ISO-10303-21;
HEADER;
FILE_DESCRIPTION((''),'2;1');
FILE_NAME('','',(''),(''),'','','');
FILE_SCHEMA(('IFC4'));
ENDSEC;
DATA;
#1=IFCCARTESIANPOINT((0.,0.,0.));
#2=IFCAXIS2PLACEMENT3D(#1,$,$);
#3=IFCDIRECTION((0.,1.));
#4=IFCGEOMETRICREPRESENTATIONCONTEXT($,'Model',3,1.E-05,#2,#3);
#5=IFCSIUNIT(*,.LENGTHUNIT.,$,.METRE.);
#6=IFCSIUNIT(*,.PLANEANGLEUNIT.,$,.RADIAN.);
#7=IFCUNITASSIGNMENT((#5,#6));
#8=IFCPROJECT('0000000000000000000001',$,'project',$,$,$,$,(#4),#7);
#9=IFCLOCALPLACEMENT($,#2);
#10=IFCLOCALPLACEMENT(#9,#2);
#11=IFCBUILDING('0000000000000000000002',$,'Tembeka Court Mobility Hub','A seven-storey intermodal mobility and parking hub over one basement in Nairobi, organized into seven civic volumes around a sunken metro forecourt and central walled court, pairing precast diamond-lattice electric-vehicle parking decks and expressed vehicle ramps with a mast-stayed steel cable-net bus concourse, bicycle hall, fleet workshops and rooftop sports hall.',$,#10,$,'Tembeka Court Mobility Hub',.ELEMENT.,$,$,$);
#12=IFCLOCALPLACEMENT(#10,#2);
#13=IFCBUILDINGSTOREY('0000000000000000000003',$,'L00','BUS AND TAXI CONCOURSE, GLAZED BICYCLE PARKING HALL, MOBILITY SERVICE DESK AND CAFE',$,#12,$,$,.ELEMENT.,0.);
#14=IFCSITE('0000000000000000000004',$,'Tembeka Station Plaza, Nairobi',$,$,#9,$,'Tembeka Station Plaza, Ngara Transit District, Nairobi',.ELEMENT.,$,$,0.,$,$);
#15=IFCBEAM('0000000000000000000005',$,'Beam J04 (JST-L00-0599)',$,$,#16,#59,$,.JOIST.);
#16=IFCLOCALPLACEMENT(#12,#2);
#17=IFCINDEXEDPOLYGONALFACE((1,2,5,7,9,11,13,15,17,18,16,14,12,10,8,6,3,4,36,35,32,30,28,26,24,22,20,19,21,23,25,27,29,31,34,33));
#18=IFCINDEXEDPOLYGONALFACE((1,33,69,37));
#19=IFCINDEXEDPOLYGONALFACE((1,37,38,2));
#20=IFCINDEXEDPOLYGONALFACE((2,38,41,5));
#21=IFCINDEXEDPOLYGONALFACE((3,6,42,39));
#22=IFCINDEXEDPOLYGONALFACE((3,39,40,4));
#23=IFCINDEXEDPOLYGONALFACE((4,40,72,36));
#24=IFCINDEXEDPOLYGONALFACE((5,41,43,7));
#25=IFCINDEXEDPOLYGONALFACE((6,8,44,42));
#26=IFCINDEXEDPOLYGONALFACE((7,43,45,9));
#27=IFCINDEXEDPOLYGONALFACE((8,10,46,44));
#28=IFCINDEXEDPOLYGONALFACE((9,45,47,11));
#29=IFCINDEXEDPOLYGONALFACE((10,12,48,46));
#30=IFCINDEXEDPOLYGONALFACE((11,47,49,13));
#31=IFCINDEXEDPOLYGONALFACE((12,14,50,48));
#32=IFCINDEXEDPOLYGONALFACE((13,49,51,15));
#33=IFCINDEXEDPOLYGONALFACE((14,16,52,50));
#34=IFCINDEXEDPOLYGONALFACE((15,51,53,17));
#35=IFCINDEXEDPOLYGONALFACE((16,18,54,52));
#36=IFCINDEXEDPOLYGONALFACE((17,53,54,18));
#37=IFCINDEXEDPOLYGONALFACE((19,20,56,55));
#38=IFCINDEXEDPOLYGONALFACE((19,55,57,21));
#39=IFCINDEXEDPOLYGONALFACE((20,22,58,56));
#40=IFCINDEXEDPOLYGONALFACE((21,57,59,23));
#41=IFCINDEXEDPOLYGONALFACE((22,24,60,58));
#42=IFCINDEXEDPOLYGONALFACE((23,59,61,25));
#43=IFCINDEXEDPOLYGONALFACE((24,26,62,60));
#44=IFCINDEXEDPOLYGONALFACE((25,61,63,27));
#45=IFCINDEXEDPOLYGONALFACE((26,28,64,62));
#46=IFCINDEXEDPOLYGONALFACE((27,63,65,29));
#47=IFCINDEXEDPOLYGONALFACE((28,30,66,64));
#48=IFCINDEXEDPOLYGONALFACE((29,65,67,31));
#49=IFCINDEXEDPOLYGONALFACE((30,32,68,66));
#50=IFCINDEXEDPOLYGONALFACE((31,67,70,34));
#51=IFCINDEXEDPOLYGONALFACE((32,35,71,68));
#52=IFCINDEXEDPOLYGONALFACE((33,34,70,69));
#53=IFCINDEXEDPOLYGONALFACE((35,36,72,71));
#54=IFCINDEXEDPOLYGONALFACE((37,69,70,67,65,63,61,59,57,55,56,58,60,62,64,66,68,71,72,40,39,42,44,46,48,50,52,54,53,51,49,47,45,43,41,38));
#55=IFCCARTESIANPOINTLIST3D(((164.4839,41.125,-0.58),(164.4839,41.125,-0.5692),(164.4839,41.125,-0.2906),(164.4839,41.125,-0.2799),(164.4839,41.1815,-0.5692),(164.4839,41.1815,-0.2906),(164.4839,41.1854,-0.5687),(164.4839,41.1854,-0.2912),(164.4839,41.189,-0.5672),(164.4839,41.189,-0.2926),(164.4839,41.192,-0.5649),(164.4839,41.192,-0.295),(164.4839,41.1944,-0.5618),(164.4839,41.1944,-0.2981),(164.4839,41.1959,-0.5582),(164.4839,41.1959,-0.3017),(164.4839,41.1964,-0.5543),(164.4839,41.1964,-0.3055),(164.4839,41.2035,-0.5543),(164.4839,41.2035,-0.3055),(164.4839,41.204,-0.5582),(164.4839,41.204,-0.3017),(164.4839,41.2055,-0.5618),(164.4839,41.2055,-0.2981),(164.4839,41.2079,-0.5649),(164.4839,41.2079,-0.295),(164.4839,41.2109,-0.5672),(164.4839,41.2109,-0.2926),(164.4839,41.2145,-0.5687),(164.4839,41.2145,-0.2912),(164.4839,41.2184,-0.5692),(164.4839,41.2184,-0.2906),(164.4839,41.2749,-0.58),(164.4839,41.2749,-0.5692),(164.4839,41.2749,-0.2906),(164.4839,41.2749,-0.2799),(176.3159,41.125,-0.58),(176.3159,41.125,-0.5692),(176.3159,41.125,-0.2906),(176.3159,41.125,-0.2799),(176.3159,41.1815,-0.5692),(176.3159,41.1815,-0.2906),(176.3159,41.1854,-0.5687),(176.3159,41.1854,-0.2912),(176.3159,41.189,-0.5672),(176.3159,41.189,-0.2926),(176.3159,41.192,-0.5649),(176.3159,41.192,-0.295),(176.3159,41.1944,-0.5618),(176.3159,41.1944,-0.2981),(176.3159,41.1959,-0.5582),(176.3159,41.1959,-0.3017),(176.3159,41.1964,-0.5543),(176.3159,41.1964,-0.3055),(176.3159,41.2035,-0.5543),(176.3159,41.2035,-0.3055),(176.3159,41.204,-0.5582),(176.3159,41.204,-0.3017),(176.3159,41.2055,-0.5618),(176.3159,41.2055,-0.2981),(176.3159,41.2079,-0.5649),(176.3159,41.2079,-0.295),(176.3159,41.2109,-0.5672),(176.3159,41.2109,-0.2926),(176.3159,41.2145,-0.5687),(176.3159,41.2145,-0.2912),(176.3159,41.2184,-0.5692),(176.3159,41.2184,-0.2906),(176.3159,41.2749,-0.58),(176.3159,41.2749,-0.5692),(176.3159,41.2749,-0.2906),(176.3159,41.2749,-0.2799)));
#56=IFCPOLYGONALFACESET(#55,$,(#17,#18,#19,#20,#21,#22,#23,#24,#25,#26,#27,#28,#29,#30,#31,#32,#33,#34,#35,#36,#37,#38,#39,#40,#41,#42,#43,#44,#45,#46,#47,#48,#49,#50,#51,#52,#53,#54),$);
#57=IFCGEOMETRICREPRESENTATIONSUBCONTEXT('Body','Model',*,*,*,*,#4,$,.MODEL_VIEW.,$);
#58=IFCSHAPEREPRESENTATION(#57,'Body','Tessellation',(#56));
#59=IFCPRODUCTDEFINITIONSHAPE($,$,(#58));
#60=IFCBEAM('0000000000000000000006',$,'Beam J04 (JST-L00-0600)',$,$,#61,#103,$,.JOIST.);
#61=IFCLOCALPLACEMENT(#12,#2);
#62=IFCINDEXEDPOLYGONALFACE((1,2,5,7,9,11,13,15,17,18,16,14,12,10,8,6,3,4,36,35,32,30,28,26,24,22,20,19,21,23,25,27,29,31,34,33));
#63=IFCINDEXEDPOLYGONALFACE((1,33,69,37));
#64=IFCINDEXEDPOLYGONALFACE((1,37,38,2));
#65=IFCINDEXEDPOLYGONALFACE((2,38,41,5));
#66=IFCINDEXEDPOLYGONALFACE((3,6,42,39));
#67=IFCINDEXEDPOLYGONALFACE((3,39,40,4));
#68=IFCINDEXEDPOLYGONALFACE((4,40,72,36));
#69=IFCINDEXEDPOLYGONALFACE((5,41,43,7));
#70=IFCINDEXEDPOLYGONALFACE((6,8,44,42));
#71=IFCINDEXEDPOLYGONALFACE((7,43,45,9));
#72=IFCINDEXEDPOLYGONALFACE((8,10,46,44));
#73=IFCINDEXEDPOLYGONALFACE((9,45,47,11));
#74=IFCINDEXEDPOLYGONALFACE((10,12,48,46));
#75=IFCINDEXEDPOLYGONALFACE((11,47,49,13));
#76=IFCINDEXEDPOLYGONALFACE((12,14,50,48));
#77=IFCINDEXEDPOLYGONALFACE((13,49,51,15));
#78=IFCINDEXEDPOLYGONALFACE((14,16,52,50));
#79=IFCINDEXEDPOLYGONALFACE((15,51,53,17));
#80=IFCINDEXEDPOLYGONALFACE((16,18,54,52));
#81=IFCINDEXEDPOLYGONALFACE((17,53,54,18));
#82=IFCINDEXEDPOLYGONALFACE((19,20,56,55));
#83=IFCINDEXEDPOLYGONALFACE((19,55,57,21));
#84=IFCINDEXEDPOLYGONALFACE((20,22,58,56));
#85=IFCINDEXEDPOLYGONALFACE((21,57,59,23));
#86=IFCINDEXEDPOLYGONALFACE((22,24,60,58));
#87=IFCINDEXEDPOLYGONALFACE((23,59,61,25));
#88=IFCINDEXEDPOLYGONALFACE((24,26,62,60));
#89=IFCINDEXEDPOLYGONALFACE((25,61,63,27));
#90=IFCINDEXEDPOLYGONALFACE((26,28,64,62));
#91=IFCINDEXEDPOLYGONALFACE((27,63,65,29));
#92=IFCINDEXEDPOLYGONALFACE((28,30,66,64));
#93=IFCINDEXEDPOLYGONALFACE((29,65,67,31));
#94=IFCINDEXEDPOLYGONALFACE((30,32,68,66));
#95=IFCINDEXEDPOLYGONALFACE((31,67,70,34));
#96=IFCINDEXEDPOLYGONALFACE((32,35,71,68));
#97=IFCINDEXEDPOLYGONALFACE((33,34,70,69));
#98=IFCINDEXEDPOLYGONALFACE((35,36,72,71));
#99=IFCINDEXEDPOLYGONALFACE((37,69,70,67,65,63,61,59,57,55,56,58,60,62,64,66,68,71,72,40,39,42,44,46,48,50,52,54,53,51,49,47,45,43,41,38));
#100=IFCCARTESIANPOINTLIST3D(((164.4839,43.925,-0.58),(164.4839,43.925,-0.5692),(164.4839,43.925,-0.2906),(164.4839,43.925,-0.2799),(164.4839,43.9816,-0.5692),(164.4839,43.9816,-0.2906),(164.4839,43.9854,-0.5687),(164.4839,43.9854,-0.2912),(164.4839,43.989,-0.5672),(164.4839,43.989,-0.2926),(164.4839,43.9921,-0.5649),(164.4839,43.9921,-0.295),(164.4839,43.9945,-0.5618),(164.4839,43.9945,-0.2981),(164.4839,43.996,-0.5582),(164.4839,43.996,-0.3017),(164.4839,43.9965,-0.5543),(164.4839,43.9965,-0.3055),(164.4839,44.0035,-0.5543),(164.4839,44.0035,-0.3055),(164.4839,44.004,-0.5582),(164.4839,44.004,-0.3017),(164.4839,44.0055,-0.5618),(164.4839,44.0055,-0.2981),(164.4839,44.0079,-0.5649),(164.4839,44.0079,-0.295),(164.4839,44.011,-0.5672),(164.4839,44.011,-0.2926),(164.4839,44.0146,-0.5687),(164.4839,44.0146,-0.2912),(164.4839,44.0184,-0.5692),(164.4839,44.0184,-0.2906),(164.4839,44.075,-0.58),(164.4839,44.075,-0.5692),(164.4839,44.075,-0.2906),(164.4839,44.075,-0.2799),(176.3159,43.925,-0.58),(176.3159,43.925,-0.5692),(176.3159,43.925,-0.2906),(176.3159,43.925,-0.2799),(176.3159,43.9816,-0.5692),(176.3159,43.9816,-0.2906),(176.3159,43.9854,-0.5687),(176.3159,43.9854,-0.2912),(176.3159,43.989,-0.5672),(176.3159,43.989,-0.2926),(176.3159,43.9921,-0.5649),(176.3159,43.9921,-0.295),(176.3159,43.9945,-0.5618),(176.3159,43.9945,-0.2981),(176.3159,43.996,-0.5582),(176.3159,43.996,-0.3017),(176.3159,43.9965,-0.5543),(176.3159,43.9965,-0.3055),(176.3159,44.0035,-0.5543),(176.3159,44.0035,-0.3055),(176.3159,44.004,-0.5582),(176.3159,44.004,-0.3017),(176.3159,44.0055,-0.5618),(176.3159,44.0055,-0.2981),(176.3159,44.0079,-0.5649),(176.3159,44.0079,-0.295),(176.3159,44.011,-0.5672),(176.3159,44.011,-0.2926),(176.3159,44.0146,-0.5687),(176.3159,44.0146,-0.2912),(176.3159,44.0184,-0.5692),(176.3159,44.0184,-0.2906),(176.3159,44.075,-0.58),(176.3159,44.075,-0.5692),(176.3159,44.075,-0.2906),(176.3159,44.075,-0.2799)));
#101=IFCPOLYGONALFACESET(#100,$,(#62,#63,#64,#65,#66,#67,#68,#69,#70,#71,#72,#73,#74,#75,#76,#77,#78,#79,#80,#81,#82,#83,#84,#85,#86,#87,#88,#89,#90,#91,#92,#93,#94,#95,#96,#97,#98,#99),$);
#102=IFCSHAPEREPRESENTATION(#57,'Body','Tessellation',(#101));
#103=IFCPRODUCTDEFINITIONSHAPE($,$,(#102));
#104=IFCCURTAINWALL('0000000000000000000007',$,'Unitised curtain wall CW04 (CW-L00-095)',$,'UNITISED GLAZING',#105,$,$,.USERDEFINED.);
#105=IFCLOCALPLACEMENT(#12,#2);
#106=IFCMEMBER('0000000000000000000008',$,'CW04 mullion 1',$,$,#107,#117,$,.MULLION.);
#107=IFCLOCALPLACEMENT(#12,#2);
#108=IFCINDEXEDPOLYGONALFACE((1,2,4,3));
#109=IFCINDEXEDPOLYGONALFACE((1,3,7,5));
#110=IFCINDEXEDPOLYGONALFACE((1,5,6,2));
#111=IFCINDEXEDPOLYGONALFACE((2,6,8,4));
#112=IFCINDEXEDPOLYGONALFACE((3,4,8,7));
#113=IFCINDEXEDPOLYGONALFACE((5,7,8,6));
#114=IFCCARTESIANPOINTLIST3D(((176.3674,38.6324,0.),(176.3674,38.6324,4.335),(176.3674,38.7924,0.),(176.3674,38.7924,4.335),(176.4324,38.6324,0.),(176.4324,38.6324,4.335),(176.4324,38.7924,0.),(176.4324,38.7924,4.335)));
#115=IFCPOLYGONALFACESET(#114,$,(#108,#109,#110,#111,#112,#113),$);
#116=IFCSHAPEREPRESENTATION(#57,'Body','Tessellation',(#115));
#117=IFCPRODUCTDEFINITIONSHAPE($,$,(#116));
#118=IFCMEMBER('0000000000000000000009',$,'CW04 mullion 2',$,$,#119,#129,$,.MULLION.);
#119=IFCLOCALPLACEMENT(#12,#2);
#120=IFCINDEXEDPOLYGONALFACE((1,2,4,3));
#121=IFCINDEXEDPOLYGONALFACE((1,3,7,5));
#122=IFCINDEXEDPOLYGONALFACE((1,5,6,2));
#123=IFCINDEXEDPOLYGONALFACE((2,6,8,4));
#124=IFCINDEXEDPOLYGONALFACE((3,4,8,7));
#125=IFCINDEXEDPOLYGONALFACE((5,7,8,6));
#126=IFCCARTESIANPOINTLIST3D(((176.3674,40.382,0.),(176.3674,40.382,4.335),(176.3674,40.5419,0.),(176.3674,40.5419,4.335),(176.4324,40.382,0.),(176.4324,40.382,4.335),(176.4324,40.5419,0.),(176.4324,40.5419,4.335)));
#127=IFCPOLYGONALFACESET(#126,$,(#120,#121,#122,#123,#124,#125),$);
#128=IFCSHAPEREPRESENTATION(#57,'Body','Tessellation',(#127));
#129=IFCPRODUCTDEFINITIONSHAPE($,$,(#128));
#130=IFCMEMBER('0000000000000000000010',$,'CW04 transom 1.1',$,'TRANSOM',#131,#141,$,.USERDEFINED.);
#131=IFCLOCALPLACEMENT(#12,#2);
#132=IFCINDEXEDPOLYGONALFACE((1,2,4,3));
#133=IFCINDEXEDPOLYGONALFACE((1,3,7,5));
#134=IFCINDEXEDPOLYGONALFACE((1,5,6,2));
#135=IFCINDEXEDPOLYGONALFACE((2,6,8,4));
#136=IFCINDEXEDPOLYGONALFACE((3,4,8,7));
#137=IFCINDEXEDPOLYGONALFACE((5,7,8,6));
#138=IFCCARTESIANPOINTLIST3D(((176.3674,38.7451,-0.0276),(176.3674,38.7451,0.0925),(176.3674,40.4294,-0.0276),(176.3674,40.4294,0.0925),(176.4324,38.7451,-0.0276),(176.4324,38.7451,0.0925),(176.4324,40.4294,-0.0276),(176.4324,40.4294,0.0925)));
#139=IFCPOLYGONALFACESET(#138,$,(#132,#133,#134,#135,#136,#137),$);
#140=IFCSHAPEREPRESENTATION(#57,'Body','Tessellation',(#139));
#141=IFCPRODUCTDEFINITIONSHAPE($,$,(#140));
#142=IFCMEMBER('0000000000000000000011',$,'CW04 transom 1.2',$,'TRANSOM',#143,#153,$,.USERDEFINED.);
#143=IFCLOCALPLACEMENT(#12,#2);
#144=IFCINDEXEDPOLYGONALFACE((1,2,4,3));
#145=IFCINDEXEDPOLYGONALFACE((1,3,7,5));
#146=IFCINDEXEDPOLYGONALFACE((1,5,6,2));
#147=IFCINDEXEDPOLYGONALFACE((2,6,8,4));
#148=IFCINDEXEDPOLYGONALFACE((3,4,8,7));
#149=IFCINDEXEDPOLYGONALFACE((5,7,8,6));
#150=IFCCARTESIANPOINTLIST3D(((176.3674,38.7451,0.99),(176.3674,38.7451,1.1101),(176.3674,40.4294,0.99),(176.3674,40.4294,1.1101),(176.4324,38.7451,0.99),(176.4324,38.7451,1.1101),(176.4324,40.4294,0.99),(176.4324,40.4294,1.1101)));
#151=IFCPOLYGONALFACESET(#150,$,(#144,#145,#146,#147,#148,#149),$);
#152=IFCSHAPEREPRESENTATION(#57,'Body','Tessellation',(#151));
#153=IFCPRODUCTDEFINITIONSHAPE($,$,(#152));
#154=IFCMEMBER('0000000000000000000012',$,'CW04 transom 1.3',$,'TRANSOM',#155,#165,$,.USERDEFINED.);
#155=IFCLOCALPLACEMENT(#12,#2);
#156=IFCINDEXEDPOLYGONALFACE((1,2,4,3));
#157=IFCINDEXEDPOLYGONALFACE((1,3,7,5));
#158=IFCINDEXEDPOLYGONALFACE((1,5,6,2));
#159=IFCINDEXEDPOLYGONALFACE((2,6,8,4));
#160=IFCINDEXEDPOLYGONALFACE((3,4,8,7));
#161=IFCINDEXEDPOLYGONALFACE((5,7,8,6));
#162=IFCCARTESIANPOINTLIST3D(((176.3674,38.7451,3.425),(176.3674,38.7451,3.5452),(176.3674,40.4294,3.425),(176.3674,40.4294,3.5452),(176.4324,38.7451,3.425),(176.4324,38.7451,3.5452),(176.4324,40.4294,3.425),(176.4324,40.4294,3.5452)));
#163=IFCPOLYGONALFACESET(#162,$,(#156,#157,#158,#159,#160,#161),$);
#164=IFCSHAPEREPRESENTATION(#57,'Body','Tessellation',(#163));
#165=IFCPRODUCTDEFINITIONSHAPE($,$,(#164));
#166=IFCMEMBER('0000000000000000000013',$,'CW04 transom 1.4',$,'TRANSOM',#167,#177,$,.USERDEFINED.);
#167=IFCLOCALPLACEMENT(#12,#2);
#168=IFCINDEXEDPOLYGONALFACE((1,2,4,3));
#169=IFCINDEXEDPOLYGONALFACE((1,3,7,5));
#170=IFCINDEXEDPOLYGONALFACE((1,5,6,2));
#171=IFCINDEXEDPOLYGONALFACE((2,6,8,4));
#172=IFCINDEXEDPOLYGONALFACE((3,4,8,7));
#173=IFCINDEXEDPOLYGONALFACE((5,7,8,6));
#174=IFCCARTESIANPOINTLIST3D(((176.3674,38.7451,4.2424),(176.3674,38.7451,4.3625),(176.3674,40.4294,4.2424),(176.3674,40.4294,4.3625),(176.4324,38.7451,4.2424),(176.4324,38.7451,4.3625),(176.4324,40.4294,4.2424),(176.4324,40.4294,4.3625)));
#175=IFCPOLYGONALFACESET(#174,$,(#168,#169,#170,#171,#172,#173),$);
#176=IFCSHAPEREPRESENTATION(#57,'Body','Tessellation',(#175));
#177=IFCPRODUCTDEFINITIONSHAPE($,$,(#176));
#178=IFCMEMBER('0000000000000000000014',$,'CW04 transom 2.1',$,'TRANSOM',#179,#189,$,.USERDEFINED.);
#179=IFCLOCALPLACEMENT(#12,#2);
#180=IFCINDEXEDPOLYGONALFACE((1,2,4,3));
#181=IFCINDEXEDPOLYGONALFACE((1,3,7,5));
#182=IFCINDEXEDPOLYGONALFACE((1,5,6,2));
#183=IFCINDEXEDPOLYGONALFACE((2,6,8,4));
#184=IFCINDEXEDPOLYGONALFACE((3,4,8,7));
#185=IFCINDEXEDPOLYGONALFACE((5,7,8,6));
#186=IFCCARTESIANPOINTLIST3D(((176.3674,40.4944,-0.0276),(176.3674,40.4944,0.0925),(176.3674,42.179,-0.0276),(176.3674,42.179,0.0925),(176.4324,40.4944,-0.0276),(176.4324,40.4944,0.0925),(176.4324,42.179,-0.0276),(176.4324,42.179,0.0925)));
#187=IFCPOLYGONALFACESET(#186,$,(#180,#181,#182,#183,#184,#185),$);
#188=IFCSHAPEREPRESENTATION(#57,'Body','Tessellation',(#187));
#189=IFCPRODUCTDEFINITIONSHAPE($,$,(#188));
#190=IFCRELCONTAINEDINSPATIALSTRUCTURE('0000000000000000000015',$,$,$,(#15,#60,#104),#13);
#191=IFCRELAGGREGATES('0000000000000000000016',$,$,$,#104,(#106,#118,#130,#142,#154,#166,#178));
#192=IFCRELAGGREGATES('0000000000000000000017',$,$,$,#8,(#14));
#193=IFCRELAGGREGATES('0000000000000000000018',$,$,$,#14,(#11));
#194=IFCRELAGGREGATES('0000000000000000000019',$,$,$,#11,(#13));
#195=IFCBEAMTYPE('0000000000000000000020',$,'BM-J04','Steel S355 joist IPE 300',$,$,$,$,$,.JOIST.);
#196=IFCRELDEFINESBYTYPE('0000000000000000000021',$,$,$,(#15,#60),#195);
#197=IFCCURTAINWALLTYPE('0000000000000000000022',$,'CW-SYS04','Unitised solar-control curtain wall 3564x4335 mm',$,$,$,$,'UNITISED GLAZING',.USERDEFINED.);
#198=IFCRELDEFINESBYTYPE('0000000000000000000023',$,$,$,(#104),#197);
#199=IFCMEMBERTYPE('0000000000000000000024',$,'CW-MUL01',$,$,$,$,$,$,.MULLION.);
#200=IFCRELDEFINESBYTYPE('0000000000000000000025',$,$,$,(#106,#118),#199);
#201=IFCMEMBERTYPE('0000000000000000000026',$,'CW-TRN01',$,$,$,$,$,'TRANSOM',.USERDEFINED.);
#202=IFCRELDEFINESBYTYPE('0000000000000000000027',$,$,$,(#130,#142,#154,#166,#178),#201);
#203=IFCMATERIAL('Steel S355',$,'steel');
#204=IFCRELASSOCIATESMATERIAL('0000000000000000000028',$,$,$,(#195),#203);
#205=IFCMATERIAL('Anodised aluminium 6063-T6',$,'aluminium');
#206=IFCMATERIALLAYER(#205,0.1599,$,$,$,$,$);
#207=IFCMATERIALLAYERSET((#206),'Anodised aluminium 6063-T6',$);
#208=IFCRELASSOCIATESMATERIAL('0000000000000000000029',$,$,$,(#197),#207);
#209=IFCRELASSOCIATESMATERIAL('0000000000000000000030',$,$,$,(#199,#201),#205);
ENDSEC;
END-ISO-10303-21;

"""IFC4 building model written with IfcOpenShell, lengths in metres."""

from ifc_helpers import new_model, si_unit, direction, frame, origin, origin_2d, place, context, subcontext, project, spatial, rectangle, i_section, extrude, material, layer, layer_set, material_profile, profile_set, type_object, element, aggregate, save


model = new_model("IFC4")

# Units and contexts
model_context = context("Model", 3, precision=1e-05, world=origin(), true_north=direction((0.0, 1.0)))
body_context = subcontext(model_context, "Body", "Model", "MODEL_VIEW")
ifc_project = project(units=[si_unit("LENGTHUNIT", "METRE"), si_unit("PLANEANGLEUNIT", "RADIAN")], contexts=[model_context])

# Site, building, storey
site_placement = place(None, origin())
site = spatial("IfcSite", under=ifc_project, at=site_placement, Name="Tembeka Station Plaza, Nairobi", LongName="Tembeka Station Plaza, Ngara Transit District, Nairobi", CompositionType="ELEMENT", RefElevation=0.0)
building_placement = place(site_placement, origin())
building = spatial("IfcBuilding", under=site, at=building_placement, Name="Tembeka Court Mobility Hub", Description="A seven-storey intermodal mobility and parking hub over one basement in Nairobi, organized into seven civic volumes around a sunken metro forecourt and central walled court, pairing precast diamond-lattice electric-vehicle parking decks and expressed vehicle ramps with a mast-stayed steel cable-net bus concourse, bicycle hall, fleet workshops and rooftop sports hall.", LongName="Tembeka Court Mobility Hub", CompositionType="ELEMENT")
storey_placement = place(building_placement, origin())
storey = spatial("IfcBuildingStorey", under=building, at=storey_placement, Name="L00", Description="BUS AND TAXI CONCOURSE, GLAZED BICYCLE PARKING HALL, MOBILITY SERVICE DESK AND CAFE", CompositionType="ELEMENT", Elevation=0.0)

# Shared definitions
ifc_material_1 = material(Name="Steel S355", Category="steel")

# Beams
ifc_material_profile_1 = material_profile(ifc_material_1, i_section(OverallWidth=0.1499, OverallDepth=0.3, WebThickness=0.0071, FlangeThickness=0.0107, FilletRadius=0.0149, at=origin_2d()), Name="IPE 300")
ifc_profile_set_1 = profile_set([ifc_material_profile_1], Name="Steel S355")
beam_type_1 = type_object("IfcBeamType", Name="BM-J04", Description="Steel S355 joist IPE 300", PredefinedType="JOIST", material=ifc_profile_set_1)
for number, where, z_axis, x_axis, name in (
    (1, (164.4839, 41.2, -0.4299), (1.0, 0.0, 0.0), (0.0, 1.0, 0.0), "Beam J04 (JST-L00-0599)"),
    (2, (164.4839, 44.0, -0.4299), (1.0, 0.0, 0.0), (0.0, 1.0, 0.0), "Beam J04 (JST-L00-0600)"),
):
    element("IfcBeam", number, at=place(storey_placement, frame(where, z_axis=z_axis, x_axis=x_axis)), inside=storey, type_object=beam_type_1, Name=name, PredefinedType="JOIST", context=body_context, shape_type="SweptSolid", body=[
        extrude(i_section(OverallWidth=0.1499, OverallDepth=0.3, WebThickness=0.0071, FlangeThickness=0.0107, FilletRadius=0.0149, at=origin_2d()), origin(), (0.0, 0.0, 1.0), 11.832),
    ])

# Curtain wall, members
ifc_material_2 = material(Name="Anodised aluminium 6063-T6", Category="aluminium")
ifc_layer_1 = layer(ifc_material_2, 0.1599)
ifc_layer_set_1 = layer_set([ifc_layer_1], Name="Anodised aluminium 6063-T6")
curtain_wall_type = type_object("IfcCurtainWallType", Name="CW-SYS04", Description="Unitised solar-control curtain wall 3564x4335 mm", ElementType="UNITISED GLAZING", PredefinedType="USERDEFINED", material=ifc_layer_set_1)
curtain_wall_placement = place(storey_placement, origin())
curtain_wall = element("IfcCurtainWall", 3, at=curtain_wall_placement, inside=storey, type_object=curtain_wall_type, Name="Unitised curtain wall CW04 (CW-L00-095)", ObjectType="UNITISED GLAZING", PredefinedType="USERDEFINED")
ifc_material_profile_2 = material_profile(ifc_material_2, rectangle(XDim=0.0649, YDim=0.1599, at=origin_2d()), Name="ALU-MUL 65x160")
ifc_profile_set_2 = profile_set([ifc_material_profile_2], Name="Anodised aluminium 6063-T6")
member_type_1 = type_object("IfcMemberType", Name="CW-MUL01", PredefinedType="MULLION", material=ifc_profile_set_2)
member_1_placement = place(storey_placement, frame((176.3999, 38.7124, 0.0), z_axis=(0.0, 0.0, 1.0), x_axis=(-1.0, 0.0, 0.0)))
member_1 = element("IfcMember", 4, at=member_1_placement, type_object=member_type_1, Name="CW04 mullion 1", PredefinedType="MULLION", context=body_context, shape_type="SweptSolid", body=[
    extrude(rectangle(XDim=0.0649, YDim=0.1599, at=origin_2d()), origin(), (0.0, 0.0, 1.0), 4.335),
])
member_2_placement = place(storey_placement, frame((176.3999, 40.4619, 0.0), z_axis=(0.0, 0.0, 1.0), x_axis=(-1.0, 0.0, 0.0)))
member_2 = element("IfcMember", 5, at=member_2_placement, type_object=member_type_1, Name="CW04 mullion 2", PredefinedType="MULLION", context=body_context, shape_type="SweptSolid", body=[
    extrude(rectangle(XDim=0.0649, YDim=0.1599, at=origin_2d()), origin(), (0.0, 0.0, 1.0), 4.335),
])
ifc_material_profile_3 = material_profile(ifc_material_2, rectangle(XDim=0.0649, YDim=0.1201, at=origin_2d()), Name="ALU-TRN 65x120")
ifc_profile_set_3 = profile_set([ifc_material_profile_3], Name="Anodised aluminium 6063-T6")
member_type_2 = type_object("IfcMemberType", Name="CW-TRN01", ElementType="TRANSOM", PredefinedType="USERDEFINED", material=ifc_profile_set_3)
member_3_placement = place(storey_placement, frame((176.3999, 38.7451, 0.0325), z_axis=(0.0, 1.0, 0.0), x_axis=(-1.0, 0.0, 0.0)))
member_3 = element("IfcMember", 6, at=member_3_placement, type_object=member_type_2, Name="CW04 transom 1.1", ObjectType="TRANSOM", PredefinedType="USERDEFINED", context=body_context, shape_type="SweptSolid", body=[
    extrude(rectangle(XDim=0.0649, YDim=0.1201, at=origin_2d()), origin(), (0.0, 0.0, 1.0), 1.6843),
])
member_4_placement = place(storey_placement, frame((176.3999, 38.7451, 1.05), z_axis=(0.0, 1.0, 0.0), x_axis=(-1.0, 0.0, 0.0)))
member_4 = element("IfcMember", 7, at=member_4_placement, type_object=member_type_2, Name="CW04 transom 1.2", ObjectType="TRANSOM", PredefinedType="USERDEFINED", context=body_context, shape_type="SweptSolid", body=[
    extrude(rectangle(XDim=0.0649, YDim=0.1201, at=origin_2d()), origin(), (0.0, 0.0, 1.0), 1.6843),
])
member_5_placement = place(storey_placement, frame((176.3999, 38.7451, 3.4851), z_axis=(0.0, 1.0, 0.0), x_axis=(-1.0, 0.0, 0.0)))
member_5 = element("IfcMember", 8, at=member_5_placement, type_object=member_type_2, Name="CW04 transom 1.3", ObjectType="TRANSOM", PredefinedType="USERDEFINED", context=body_context, shape_type="SweptSolid", body=[
    extrude(rectangle(XDim=0.0649, YDim=0.1201, at=origin_2d()), origin(), (0.0, 0.0, 1.0), 1.6843),
])
member_6_placement = place(storey_placement, frame((176.3999, 38.7451, 4.3025), z_axis=(0.0, 1.0, 0.0), x_axis=(-1.0, 0.0, 0.0)))
member_6 = element("IfcMember", 9, at=member_6_placement, type_object=member_type_2, Name="CW04 transom 1.4", ObjectType="TRANSOM", PredefinedType="USERDEFINED", context=body_context, shape_type="SweptSolid", body=[
    extrude(rectangle(XDim=0.0649, YDim=0.1201, at=origin_2d()), origin(), (0.0, 0.0, 1.0), 1.6843),
])
member_7_placement = place(storey_placement, frame((176.3999, 40.4944, 0.0325), z_axis=(0.0, 1.0, 0.0), x_axis=(-1.0, 0.0, 0.0)))
member_7 = element("IfcMember", 10, at=member_7_placement, type_object=member_type_2, Name="CW04 transom 2.1", ObjectType="TRANSOM", PredefinedType="USERDEFINED", context=body_context, shape_type="SweptSolid", body=[
    extrude(rectangle(XDim=0.0649, YDim=0.1201, at=origin_2d()), origin(), (0.0, 0.0, 1.0), 1.6846),
])
aggregate(curtain_wall, [member_1, member_2, member_3, member_4, member_5, member_6, member_7])

save(model, "model.ifc")
